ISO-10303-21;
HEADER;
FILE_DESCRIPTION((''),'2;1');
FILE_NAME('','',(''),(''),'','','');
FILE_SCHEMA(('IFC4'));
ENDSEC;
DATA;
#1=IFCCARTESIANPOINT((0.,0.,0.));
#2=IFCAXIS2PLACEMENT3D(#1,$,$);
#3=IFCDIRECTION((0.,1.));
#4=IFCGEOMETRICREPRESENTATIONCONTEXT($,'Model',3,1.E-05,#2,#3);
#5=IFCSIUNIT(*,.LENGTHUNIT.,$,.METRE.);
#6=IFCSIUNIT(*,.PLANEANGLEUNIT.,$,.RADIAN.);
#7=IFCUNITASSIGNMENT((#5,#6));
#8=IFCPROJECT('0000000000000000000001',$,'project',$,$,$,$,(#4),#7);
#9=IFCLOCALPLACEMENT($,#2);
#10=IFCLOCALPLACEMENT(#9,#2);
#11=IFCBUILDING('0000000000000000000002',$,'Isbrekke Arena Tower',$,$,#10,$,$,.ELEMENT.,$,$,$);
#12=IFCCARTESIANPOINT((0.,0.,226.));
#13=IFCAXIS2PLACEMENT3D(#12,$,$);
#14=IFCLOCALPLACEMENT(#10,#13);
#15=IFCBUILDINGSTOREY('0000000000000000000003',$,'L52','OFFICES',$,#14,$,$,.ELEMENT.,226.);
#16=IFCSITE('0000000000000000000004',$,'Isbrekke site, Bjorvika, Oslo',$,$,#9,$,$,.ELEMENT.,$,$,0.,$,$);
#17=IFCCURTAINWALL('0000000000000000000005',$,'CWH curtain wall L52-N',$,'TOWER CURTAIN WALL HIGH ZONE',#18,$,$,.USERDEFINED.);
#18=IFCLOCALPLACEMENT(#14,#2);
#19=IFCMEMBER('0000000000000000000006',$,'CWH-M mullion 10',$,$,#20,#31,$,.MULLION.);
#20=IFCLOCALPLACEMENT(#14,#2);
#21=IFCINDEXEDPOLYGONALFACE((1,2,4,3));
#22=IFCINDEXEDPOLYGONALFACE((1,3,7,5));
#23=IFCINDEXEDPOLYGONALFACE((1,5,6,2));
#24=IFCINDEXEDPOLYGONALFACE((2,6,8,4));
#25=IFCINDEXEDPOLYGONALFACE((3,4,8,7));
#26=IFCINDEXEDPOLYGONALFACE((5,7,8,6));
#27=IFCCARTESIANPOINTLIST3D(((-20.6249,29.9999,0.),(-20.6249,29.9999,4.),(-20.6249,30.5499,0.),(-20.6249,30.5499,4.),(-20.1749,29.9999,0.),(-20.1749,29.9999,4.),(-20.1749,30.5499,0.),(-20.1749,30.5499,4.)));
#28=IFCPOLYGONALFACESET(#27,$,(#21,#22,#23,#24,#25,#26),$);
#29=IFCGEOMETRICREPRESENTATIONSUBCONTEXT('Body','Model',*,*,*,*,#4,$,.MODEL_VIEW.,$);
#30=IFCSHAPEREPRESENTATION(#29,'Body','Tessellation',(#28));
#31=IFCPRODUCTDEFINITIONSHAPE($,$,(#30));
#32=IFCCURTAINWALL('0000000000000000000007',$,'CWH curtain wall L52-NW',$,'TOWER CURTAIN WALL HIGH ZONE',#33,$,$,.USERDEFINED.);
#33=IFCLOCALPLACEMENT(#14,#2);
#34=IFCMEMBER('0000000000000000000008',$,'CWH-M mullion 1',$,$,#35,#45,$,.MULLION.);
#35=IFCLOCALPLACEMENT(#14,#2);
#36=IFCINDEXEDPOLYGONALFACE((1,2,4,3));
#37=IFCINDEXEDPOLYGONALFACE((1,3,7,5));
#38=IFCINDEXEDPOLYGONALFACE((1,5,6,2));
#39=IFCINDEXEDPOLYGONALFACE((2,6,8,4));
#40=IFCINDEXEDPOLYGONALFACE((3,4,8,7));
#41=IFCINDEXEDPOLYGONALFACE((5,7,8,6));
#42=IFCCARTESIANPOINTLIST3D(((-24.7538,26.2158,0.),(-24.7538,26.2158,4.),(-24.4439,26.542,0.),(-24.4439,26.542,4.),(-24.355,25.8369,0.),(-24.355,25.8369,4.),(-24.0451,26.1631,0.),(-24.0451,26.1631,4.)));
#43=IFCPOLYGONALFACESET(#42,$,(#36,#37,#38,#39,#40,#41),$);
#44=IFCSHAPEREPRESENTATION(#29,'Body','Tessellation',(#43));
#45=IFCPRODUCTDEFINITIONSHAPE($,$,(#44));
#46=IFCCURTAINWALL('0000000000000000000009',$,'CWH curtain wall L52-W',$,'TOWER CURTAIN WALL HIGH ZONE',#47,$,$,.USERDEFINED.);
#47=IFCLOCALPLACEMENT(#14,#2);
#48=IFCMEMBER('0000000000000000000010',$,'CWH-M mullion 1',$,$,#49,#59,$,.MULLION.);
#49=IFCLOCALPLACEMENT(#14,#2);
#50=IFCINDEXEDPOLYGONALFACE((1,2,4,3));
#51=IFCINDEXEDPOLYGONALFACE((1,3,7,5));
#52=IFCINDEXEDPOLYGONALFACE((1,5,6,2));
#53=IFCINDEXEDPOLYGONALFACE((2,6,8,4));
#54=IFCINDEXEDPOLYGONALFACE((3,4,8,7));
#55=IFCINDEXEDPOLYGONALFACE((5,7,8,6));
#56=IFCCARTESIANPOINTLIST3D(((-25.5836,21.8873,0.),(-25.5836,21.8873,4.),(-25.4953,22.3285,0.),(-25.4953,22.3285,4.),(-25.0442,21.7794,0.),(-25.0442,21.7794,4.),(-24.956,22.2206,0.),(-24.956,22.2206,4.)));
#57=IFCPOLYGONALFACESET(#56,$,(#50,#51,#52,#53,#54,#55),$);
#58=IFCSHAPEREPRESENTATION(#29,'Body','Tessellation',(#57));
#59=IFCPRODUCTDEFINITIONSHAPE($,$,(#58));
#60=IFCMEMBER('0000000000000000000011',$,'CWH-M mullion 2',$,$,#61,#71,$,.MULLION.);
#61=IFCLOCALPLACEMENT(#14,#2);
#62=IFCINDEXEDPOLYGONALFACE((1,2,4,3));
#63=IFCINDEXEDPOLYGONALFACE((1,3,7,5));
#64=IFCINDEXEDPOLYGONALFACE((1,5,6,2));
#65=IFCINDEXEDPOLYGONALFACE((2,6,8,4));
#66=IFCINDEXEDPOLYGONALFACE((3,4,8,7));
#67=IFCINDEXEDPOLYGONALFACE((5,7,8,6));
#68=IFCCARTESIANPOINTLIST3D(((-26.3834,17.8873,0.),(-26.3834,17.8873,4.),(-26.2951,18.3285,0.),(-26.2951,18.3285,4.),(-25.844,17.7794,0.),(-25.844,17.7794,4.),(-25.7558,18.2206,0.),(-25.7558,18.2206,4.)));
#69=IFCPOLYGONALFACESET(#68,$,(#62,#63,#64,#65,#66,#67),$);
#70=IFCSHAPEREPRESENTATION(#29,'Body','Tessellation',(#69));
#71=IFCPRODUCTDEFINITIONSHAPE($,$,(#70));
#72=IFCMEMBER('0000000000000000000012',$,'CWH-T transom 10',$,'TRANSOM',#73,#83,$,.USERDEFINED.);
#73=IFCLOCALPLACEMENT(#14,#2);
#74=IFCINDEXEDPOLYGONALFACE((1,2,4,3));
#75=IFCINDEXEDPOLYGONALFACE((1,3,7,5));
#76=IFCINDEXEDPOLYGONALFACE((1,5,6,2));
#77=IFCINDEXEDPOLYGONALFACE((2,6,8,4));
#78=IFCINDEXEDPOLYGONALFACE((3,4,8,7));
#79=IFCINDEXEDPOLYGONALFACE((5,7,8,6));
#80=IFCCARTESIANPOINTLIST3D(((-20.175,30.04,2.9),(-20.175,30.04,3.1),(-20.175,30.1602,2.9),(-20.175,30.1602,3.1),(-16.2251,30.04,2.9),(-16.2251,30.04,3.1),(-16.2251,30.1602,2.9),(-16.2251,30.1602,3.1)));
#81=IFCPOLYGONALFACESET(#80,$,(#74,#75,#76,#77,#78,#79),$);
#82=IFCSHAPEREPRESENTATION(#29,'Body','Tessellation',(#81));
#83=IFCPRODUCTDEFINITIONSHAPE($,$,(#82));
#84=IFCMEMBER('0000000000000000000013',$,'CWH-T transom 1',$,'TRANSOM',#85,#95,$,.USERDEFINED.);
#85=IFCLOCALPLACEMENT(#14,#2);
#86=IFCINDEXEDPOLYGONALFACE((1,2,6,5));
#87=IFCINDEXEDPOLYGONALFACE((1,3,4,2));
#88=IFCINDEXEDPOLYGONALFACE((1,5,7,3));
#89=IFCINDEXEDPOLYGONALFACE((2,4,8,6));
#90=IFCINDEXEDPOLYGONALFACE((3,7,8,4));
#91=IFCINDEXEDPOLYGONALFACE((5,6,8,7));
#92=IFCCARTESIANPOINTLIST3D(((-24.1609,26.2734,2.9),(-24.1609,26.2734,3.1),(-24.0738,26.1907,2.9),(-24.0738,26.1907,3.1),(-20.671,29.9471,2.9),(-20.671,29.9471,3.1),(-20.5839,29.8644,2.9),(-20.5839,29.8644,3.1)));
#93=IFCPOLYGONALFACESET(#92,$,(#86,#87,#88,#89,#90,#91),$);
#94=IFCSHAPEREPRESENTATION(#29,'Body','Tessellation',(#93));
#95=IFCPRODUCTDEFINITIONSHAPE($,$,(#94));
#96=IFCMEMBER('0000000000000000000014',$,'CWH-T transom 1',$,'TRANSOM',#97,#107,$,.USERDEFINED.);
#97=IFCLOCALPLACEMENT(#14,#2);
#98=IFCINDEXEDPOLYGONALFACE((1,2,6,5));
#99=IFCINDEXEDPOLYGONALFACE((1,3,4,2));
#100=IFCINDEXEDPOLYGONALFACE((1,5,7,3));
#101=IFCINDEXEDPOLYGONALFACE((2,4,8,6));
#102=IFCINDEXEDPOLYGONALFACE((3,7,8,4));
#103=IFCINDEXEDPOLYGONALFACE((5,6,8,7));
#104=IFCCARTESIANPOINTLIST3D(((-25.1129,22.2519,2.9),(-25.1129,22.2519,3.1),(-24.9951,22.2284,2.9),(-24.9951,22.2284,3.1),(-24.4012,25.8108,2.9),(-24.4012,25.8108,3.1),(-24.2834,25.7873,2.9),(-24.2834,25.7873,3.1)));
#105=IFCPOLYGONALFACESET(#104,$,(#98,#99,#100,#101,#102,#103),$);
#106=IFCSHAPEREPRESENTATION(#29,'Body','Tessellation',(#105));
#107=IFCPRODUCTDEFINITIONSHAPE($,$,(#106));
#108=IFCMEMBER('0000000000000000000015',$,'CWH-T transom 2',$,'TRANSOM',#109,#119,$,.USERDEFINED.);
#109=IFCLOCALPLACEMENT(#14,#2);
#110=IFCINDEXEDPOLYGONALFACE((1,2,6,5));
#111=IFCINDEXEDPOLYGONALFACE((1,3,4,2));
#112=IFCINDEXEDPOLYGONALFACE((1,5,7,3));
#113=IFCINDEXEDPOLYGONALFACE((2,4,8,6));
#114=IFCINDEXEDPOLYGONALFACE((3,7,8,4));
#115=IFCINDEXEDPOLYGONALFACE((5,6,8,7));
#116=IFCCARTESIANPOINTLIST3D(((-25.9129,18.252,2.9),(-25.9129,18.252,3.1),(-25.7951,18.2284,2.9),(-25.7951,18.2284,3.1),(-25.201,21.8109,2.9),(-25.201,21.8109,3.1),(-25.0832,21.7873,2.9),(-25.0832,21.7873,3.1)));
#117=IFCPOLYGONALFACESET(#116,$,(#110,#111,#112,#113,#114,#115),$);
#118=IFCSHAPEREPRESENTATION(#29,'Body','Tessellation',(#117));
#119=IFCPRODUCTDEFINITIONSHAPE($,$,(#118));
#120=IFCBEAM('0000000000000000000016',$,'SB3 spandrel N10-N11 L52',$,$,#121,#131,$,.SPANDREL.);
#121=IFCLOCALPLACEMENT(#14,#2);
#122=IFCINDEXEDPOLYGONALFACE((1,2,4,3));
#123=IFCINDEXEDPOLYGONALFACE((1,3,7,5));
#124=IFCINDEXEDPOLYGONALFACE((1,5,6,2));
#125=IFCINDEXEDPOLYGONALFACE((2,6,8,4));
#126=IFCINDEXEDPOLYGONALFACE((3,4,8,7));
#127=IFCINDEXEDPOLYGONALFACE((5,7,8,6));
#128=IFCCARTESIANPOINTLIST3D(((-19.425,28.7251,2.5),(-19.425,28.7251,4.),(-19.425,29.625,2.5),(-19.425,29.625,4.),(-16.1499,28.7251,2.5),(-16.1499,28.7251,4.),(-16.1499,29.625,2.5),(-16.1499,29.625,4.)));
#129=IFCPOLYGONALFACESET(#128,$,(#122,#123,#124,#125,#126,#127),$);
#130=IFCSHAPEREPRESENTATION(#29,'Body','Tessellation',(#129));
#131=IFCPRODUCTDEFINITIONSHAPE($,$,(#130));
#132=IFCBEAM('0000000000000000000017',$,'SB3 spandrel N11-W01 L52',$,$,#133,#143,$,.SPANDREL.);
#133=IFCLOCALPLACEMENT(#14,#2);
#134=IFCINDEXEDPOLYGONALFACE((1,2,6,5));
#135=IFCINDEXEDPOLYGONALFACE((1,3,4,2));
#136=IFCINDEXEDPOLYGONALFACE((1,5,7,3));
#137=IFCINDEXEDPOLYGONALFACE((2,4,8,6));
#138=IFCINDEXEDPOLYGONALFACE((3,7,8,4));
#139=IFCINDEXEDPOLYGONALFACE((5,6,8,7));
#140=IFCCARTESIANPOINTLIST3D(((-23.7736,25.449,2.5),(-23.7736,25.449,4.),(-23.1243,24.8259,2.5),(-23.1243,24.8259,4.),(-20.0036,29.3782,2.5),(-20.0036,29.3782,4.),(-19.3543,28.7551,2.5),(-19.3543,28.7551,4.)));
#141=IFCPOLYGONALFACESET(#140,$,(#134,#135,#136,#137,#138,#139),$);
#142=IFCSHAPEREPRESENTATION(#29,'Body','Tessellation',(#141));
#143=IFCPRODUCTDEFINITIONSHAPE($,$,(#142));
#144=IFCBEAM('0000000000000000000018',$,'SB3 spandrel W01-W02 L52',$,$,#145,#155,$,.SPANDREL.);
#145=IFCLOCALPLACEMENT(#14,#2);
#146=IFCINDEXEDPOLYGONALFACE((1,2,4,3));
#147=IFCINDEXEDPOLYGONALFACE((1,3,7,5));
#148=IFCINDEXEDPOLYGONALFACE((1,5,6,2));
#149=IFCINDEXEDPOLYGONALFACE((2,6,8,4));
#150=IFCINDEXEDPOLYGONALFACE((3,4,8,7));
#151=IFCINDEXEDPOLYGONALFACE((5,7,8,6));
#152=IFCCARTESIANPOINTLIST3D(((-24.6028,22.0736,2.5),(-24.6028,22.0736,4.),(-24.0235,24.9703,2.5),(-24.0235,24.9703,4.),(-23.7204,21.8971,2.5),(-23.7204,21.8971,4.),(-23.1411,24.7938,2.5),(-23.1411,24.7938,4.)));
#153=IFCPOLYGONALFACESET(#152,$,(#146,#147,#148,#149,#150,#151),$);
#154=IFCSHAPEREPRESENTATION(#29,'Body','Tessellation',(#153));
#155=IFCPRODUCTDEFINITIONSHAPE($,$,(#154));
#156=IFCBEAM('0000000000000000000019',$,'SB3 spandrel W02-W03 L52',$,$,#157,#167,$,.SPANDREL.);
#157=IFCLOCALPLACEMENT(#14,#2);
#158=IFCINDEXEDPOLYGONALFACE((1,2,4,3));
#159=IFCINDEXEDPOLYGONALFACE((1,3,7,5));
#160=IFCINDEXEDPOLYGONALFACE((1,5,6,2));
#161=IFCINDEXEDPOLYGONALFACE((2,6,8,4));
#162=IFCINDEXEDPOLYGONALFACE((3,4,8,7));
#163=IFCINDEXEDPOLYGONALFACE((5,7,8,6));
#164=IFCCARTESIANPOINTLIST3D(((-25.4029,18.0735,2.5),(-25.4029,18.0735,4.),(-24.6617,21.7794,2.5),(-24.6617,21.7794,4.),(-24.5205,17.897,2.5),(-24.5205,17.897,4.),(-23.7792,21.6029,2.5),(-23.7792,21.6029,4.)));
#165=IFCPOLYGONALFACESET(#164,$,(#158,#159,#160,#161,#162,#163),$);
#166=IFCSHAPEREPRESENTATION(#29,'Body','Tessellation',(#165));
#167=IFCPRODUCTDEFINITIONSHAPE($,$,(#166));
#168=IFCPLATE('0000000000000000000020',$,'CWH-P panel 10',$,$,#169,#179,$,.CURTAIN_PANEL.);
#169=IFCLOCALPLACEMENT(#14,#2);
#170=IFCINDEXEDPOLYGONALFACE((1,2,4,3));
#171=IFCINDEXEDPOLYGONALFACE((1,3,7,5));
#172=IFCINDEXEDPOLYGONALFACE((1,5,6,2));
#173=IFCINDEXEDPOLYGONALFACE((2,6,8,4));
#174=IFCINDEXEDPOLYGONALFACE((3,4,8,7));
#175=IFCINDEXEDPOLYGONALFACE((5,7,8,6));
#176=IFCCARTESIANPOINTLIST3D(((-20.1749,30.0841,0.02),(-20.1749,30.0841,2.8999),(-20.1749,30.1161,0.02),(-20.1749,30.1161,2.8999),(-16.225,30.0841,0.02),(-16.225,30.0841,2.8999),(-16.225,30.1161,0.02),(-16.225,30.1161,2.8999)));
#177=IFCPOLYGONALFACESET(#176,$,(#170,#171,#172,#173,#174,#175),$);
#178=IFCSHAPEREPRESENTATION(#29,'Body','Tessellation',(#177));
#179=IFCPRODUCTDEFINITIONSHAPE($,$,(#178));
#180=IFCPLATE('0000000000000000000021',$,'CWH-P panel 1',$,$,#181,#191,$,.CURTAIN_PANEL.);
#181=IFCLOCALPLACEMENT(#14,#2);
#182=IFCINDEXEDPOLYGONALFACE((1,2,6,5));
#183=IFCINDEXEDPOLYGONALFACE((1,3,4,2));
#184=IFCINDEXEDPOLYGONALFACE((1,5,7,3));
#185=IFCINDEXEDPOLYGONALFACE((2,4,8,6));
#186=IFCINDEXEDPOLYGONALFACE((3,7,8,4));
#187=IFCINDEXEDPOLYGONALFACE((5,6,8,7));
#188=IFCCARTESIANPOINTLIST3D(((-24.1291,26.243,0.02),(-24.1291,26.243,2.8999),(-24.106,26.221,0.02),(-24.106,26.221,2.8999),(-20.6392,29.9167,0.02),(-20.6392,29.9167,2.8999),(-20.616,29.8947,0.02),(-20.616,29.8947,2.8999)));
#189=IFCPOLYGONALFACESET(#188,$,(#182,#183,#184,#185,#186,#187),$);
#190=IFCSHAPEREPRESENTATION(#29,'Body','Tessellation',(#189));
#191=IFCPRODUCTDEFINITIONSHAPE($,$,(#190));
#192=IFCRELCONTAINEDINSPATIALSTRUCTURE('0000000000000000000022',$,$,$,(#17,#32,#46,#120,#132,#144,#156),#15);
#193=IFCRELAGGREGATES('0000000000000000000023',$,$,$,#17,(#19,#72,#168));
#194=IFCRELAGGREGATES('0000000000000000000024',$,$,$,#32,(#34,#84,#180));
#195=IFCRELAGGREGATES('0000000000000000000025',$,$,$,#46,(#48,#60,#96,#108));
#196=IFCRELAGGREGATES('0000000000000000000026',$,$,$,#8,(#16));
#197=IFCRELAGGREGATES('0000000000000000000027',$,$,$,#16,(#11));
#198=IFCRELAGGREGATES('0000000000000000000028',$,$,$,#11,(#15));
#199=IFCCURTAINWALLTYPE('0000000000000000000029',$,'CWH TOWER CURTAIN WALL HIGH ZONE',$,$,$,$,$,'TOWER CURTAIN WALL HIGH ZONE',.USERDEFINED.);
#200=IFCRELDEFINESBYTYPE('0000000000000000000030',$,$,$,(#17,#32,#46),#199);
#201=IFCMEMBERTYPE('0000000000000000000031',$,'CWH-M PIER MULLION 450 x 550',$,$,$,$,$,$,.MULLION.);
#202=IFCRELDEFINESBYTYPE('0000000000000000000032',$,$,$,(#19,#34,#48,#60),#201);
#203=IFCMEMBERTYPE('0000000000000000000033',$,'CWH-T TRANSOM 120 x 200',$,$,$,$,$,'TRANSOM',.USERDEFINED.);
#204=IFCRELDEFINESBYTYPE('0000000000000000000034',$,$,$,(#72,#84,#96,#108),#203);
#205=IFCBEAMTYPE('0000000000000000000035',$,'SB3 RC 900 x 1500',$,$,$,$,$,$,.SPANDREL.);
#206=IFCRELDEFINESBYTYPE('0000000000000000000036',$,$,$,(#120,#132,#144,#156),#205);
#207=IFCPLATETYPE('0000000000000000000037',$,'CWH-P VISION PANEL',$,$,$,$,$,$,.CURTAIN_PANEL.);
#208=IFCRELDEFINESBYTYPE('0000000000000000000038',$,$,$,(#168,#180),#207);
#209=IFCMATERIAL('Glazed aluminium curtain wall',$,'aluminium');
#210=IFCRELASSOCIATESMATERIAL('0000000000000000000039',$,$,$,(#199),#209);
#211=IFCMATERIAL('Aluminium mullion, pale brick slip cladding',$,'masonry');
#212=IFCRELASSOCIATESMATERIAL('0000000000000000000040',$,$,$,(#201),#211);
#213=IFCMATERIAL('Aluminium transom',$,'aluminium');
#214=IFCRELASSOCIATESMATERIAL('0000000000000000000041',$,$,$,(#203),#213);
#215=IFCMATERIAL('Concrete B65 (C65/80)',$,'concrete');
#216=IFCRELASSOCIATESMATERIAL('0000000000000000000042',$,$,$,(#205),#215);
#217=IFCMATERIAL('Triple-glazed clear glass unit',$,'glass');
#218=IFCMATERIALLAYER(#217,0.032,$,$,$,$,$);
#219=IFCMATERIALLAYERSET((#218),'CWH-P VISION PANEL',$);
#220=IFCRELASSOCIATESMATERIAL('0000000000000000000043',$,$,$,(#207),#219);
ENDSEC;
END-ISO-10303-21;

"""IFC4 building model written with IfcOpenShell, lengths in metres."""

from ifc_helpers import new_model, si_unit, direction, frame, origin, origin_2d, place, context, subcontext, project, spatial, rectangle, extrude, material, layer, layer_set, material_profile, profile_set, type_object, element, aggregate, save


model = new_model("IFC4")

# Units and contexts
model_context = context("Model", 3, precision=1e-05, world=origin(), true_north=direction((0.0, 1.0)))
body_context = subcontext(model_context, "Body", "Model", "MODEL_VIEW")
ifc_project = project(units=[si_unit("LENGTHUNIT", "METRE"), si_unit("PLANEANGLEUNIT", "RADIAN")], contexts=[model_context])

# Site, building, storey
site_placement = place(None, origin())
site = spatial("IfcSite", under=ifc_project, at=site_placement, Name="Isbrekke site, Bjorvika, Oslo", CompositionType="ELEMENT", RefElevation=0.0)
building_placement = place(site_placement, origin())
building = spatial("IfcBuilding", under=site, at=building_placement, Name="Isbrekke Arena Tower", CompositionType="ELEMENT")
storey_placement = place(building_placement, frame((0.0, 0.0, 226.0)))
storey = spatial("IfcBuildingStorey", under=building, at=storey_placement, Name="L52", Description="OFFICES", CompositionType="ELEMENT", Elevation=226.0)

# Curtain walls, members
ifc_material_1 = material(Name="Glazed aluminium curtain wall", Category="aluminium")
curtain_wall_type = type_object("IfcCurtainWallType", Name="CWH TOWER CURTAIN WALL HIGH ZONE", ElementType="TOWER CURTAIN WALL HIGH ZONE", PredefinedType="USERDEFINED", material=ifc_material_1)
curtain_wall_1_placement = place(storey_placement, origin())
curtain_wall_1 = element("IfcCurtainWall", 1, at=curtain_wall_1_placement, inside=storey, type_object=curtain_wall_type, Name="CWH curtain wall L52-N", ObjectType="TOWER CURTAIN WALL HIGH ZONE", PredefinedType="USERDEFINED")
ifc_material_2 = material(Name="Aluminium mullion, pale brick slip cladding", Category="masonry")
ifc_material_profile_1 = material_profile(ifc_material_2, rectangle(XDim=0.45, YDim=0.55, at=origin_2d()), Name="PIER 450X550")
ifc_profile_set_1 = profile_set([ifc_material_profile_1], Name="Aluminium mullion, pale brick slip cladding")
member_type_1 = type_object("IfcMemberType", Name="CWH-M PIER MULLION 450 x 550", PredefinedType="MULLION", material=ifc_profile_set_1)
member_1_placement = place(storey_placement, frame((-20.3999, 30.2749, 0.0), z_axis=(0.0, 0.0, 1.0), x_axis=(-1.0, 0.0, 0.0)))
member_1 = element("IfcMember", 2, at=member_1_placement, type_object=member_type_1, Name="CWH-M mullion 10", PredefinedType="MULLION", context=body_context, shape_type="SweptSolid", body=[
    extrude(rectangle(XDim=0.45, YDim=0.55, at=origin_2d()), origin(), (0.0, 0.0, 1.0), 4.0),
])
curtain_wall_2_placement = place(storey_placement, origin())
curtain_wall_2 = element("IfcCurtainWall", 3, at=curtain_wall_2_placement, inside=storey, type_object=curtain_wall_type, Name="CWH curtain wall L52-NW", ObjectType="TOWER CURTAIN WALL HIGH ZONE", PredefinedType="USERDEFINED")
member_2_placement = place(storey_placement, frame((-24.3994, 26.1895, 0.0), z_axis=(0.0, 0.0, 1.0), x_axis=(-0.688749, -0.724999, 0.0)))
member_2 = element("IfcMember", 4, at=member_2_placement, type_object=member_type_1, Name="CWH-M mullion 1", PredefinedType="MULLION", context=body_context, shape_type="SweptSolid", body=[
    extrude(rectangle(XDim=0.45, YDim=0.55, at=origin_2d()), origin(), (0.0, 0.0, 1.0), 4.0),
])

# Curtain wall, members
curtain_wall_3_placement = place(storey_placement, origin())
curtain_wall_3 = element("IfcCurtainWall", 5, at=curtain_wall_3_placement, inside=storey, type_object=curtain_wall_type, Name="CWH curtain wall L52-W", ObjectType="TOWER CURTAIN WALL HIGH ZONE", PredefinedType="USERDEFINED")
member_3_placement = place(storey_placement, frame((-25.2698, 22.054, 0.0), z_axis=(0.0, 0.0, 1.0), x_axis=(-0.196116, -0.980581, 0.0)))
member_3 = element("IfcMember", 6, at=member_3_placement, type_object=member_type_1, Name="CWH-M mullion 1", PredefinedType="MULLION", context=body_context, shape_type="SweptSolid", body=[
    extrude(rectangle(XDim=0.45, YDim=0.55, at=origin_2d()), origin(), (0.0, 0.0, 1.0), 4.0),
])
member_4_placement = place(storey_placement, frame((-26.0696, 18.054, 0.0), z_axis=(0.0, 0.0, 1.0), x_axis=(-0.196116, -0.980581, 0.0)))
member_4 = element("IfcMember", 7, at=member_4_placement, type_object=member_type_1, Name="CWH-M mullion 2", PredefinedType="MULLION", context=body_context, shape_type="SweptSolid", body=[
    extrude(rectangle(XDim=0.45, YDim=0.55, at=origin_2d()), origin(), (0.0, 0.0, 1.0), 4.0),
])

# Members
ifc_material_3 = material(Name="Aluminium transom", Category="aluminium")
ifc_material_profile_2 = material_profile(ifc_material_3, rectangle(XDim=0.1201, YDim=0.2, at=origin_2d()), Name="TRANSOM 120X200")
ifc_profile_set_2 = profile_set([ifc_material_profile_2], Name="Aluminium transom")
member_type_2 = type_object("IfcMemberType", Name="CWH-T TRANSOM 120 x 200", ElementType="TRANSOM", PredefinedType="USERDEFINED", material=ifc_profile_set_2)
member_5_placement = place(storey_placement, frame((-16.2251, 30.1001, 3.0), z_axis=(-1.0, 0.0, 0.0), x_axis=(0.0, -1.0, 0.0)))
member_5 = element("IfcMember", 8, at=member_5_placement, type_object=member_type_2, Name="CWH-T transom 10", ObjectType="TRANSOM", PredefinedType="USERDEFINED", context=body_context, shape_type="SweptSolid", body=[
    extrude(rectangle(XDim=0.1201, YDim=0.2, at=origin_2d()), origin(), (0.0, 0.0, 1.0), 3.95),
])
member_6_placement = place(storey_placement, frame((-20.6274, 29.9058, 3.0), z_axis=(-0.688734, -0.725014, 0.0), x_axis=(0.725014, -0.688734, 0.0)))
member_6 = element("IfcMember", 9, at=member_6_placement, type_object=member_type_2, Name="CWH-T transom 1", ObjectType="TRANSOM", PredefinedType="USERDEFINED", context=body_context, shape_type="SweptSolid", body=[
    extrude(rectangle(XDim=0.1201, YDim=0.2, at=origin_2d()), origin(), (0.0, 0.0, 1.0), 5.0671),
])
member_7_placement = place(storey_placement, frame((-24.3423, 25.7991, 3.0), z_axis=(-0.19609, -0.980586, 0.0), x_axis=(0.980586, -0.19609, 0.0)))
member_7 = element("IfcMember", 10, at=member_7_placement, type_object=member_type_2, Name="CWH-T transom 1", ObjectType="TRANSOM", PredefinedType="USERDEFINED", context=body_context, shape_type="SweptSolid", body=[
    extrude(rectangle(XDim=0.1201, YDim=0.2, at=origin_2d()), origin(), (0.0, 0.0, 1.0), 3.6294),
])
member_8_placement = place(storey_placement, frame((-25.1421, 21.7991, 3.0), z_axis=(-0.196155, -0.980573, 0.0), x_axis=(0.980573, -0.196155, 0.0)))
member_8 = element("IfcMember", 11, at=member_8_placement, type_object=member_type_2, Name="CWH-T transom 2", ObjectType="TRANSOM", PredefinedType="USERDEFINED", context=body_context, shape_type="SweptSolid", body=[
    extrude(rectangle(XDim=0.1201, YDim=0.2, at=origin_2d()), origin(), (0.0, 0.0, 1.0), 3.6294),
])

# Beams
ifc_material_4 = material(Name="Concrete B65 (C65/80)", Category="concrete")
ifc_material_profile_3 = material_profile(ifc_material_4, rectangle(XDim=0.8999, YDim=1.5, at=origin_2d()), Name="RC 900x1500")
ifc_profile_set_3 = profile_set([ifc_material_profile_3], Name="Concrete B65 (C65/80)")
beam_type_1 = type_object("IfcBeamType", Name="SB3 RC 900 x 1500", PredefinedType="SPANDREL", material=ifc_profile_set_3)
beam_1_placement = place(storey_placement, frame((-16.1499, 29.175, 3.25), z_axis=(-1.0, 0.0, 0.0), x_axis=(0.0, -1.0, 0.0)))
element("IfcBeam", 12, at=beam_1_placement, inside=storey, type_object=beam_type_1, Name="SB3 spandrel N10-N11 L52", PredefinedType="SPANDREL", context=body_context, shape_type="SweptSolid", body=[
    extrude(rectangle(XDim=0.8999, YDim=1.5, at=origin_2d()), origin(), (0.0, 0.0, 1.0), 3.2751),
])
beam_2_placement = place(storey_placement, frame((-19.679, 29.0667, 3.25), z_axis=(-0.69234, -0.721572, 0.0), x_axis=(0.721572, -0.69234, 0.0)))
element("IfcBeam", 13, at=beam_2_placement, inside=storey, type_object=beam_type_1, Name="SB3 spandrel N11-W01 L52", PredefinedType="SPANDREL", context=body_context, shape_type="SweptSolid", body=[
    extrude(rectangle(XDim=0.8999, YDim=1.5, at=origin_2d()), origin(), (0.0, 0.0, 1.0), 5.4453),
])
beam_3_placement = place(storey_placement, frame((-23.5823, 24.8821, 3.25), z_axis=(-0.196116, -0.980581, 0.0), x_axis=(0.980581, -0.196116, 0.0)))
element("IfcBeam", 14, at=beam_3_placement, inside=storey, type_object=beam_type_1, Name="SB3 spandrel W01-W02 L52", PredefinedType="SPANDREL", context=body_context, shape_type="SweptSolid", body=[
    extrude(rectangle(XDim=0.8999, YDim=1.5, at=origin_2d()), origin(), (0.0, 0.0, 1.0), 2.9541),
])
beam_4_placement = place(storey_placement, frame((-24.2205, 21.6912, 3.25), z_axis=(-0.196129, -0.980578, 0.0), x_axis=(0.980578, -0.196129, 0.0)))
element("IfcBeam", 15, at=beam_4_placement, inside=storey, type_object=beam_type_1, Name="SB3 spandrel W02-W03 L52", PredefinedType="SPANDREL", context=body_context, shape_type="SweptSolid", body=[
    extrude(rectangle(XDim=0.8999, YDim=1.5, at=origin_2d()), origin(), (0.0, 0.0, 1.0), 3.7793),
])

# Plates
ifc_material_5 = material(Name="Triple-glazed clear glass unit", Category="glass")
ifc_layer_1 = layer(ifc_material_5, 0.032)
ifc_layer_set_1 = layer_set([ifc_layer_1], Name="CWH-P VISION PANEL")
plate_type = type_object("IfcPlateType", Name="CWH-P VISION PANEL", PredefinedType="CURTAIN_PANEL", material=ifc_layer_set_1)
plate_1_placement = place(storey_placement, frame((-18.2, 30.1001, 0.02), z_axis=(0.0, 0.0, 1.0), x_axis=(-1.0, 0.0, 0.0)))
plate_1 = element("IfcPlate", 16, at=plate_1_placement, type_object=plate_type, Name="CWH-P panel 10", PredefinedType="CURTAIN_PANEL", context=body_context, shape_type="SweptSolid", body=[
    extrude(rectangle(XDim=3.95, YDim=0.032, at=origin_2d()), origin(), (0.0, 0.0, 1.0), 2.8799),
])
aggregate(curtain_wall_1, [member_1, member_5, plate_1])
plate_2_placement = place(storey_placement, frame((-22.3726, 28.0688, 0.02), z_axis=(0.0, 0.0, 1.0), x_axis=(-0.688749, -0.724999, 0.0)))
plate_2 = element("IfcPlate", 17, at=plate_2_placement, type_object=plate_type, Name="CWH-P panel 1", PredefinedType="CURTAIN_PANEL", context=body_context, shape_type="SweptSolid", body=[
    extrude(rectangle(XDim=5.0671, YDim=0.032, at=origin_2d()), origin(), (0.0, 0.0, 1.0), 2.8799),
])
aggregate(curtain_wall_2, [member_2, member_6, plate_2])
aggregate(curtain_wall_3, [member_3, member_4, member_7, member_8])

save(model, "model.ifc")
